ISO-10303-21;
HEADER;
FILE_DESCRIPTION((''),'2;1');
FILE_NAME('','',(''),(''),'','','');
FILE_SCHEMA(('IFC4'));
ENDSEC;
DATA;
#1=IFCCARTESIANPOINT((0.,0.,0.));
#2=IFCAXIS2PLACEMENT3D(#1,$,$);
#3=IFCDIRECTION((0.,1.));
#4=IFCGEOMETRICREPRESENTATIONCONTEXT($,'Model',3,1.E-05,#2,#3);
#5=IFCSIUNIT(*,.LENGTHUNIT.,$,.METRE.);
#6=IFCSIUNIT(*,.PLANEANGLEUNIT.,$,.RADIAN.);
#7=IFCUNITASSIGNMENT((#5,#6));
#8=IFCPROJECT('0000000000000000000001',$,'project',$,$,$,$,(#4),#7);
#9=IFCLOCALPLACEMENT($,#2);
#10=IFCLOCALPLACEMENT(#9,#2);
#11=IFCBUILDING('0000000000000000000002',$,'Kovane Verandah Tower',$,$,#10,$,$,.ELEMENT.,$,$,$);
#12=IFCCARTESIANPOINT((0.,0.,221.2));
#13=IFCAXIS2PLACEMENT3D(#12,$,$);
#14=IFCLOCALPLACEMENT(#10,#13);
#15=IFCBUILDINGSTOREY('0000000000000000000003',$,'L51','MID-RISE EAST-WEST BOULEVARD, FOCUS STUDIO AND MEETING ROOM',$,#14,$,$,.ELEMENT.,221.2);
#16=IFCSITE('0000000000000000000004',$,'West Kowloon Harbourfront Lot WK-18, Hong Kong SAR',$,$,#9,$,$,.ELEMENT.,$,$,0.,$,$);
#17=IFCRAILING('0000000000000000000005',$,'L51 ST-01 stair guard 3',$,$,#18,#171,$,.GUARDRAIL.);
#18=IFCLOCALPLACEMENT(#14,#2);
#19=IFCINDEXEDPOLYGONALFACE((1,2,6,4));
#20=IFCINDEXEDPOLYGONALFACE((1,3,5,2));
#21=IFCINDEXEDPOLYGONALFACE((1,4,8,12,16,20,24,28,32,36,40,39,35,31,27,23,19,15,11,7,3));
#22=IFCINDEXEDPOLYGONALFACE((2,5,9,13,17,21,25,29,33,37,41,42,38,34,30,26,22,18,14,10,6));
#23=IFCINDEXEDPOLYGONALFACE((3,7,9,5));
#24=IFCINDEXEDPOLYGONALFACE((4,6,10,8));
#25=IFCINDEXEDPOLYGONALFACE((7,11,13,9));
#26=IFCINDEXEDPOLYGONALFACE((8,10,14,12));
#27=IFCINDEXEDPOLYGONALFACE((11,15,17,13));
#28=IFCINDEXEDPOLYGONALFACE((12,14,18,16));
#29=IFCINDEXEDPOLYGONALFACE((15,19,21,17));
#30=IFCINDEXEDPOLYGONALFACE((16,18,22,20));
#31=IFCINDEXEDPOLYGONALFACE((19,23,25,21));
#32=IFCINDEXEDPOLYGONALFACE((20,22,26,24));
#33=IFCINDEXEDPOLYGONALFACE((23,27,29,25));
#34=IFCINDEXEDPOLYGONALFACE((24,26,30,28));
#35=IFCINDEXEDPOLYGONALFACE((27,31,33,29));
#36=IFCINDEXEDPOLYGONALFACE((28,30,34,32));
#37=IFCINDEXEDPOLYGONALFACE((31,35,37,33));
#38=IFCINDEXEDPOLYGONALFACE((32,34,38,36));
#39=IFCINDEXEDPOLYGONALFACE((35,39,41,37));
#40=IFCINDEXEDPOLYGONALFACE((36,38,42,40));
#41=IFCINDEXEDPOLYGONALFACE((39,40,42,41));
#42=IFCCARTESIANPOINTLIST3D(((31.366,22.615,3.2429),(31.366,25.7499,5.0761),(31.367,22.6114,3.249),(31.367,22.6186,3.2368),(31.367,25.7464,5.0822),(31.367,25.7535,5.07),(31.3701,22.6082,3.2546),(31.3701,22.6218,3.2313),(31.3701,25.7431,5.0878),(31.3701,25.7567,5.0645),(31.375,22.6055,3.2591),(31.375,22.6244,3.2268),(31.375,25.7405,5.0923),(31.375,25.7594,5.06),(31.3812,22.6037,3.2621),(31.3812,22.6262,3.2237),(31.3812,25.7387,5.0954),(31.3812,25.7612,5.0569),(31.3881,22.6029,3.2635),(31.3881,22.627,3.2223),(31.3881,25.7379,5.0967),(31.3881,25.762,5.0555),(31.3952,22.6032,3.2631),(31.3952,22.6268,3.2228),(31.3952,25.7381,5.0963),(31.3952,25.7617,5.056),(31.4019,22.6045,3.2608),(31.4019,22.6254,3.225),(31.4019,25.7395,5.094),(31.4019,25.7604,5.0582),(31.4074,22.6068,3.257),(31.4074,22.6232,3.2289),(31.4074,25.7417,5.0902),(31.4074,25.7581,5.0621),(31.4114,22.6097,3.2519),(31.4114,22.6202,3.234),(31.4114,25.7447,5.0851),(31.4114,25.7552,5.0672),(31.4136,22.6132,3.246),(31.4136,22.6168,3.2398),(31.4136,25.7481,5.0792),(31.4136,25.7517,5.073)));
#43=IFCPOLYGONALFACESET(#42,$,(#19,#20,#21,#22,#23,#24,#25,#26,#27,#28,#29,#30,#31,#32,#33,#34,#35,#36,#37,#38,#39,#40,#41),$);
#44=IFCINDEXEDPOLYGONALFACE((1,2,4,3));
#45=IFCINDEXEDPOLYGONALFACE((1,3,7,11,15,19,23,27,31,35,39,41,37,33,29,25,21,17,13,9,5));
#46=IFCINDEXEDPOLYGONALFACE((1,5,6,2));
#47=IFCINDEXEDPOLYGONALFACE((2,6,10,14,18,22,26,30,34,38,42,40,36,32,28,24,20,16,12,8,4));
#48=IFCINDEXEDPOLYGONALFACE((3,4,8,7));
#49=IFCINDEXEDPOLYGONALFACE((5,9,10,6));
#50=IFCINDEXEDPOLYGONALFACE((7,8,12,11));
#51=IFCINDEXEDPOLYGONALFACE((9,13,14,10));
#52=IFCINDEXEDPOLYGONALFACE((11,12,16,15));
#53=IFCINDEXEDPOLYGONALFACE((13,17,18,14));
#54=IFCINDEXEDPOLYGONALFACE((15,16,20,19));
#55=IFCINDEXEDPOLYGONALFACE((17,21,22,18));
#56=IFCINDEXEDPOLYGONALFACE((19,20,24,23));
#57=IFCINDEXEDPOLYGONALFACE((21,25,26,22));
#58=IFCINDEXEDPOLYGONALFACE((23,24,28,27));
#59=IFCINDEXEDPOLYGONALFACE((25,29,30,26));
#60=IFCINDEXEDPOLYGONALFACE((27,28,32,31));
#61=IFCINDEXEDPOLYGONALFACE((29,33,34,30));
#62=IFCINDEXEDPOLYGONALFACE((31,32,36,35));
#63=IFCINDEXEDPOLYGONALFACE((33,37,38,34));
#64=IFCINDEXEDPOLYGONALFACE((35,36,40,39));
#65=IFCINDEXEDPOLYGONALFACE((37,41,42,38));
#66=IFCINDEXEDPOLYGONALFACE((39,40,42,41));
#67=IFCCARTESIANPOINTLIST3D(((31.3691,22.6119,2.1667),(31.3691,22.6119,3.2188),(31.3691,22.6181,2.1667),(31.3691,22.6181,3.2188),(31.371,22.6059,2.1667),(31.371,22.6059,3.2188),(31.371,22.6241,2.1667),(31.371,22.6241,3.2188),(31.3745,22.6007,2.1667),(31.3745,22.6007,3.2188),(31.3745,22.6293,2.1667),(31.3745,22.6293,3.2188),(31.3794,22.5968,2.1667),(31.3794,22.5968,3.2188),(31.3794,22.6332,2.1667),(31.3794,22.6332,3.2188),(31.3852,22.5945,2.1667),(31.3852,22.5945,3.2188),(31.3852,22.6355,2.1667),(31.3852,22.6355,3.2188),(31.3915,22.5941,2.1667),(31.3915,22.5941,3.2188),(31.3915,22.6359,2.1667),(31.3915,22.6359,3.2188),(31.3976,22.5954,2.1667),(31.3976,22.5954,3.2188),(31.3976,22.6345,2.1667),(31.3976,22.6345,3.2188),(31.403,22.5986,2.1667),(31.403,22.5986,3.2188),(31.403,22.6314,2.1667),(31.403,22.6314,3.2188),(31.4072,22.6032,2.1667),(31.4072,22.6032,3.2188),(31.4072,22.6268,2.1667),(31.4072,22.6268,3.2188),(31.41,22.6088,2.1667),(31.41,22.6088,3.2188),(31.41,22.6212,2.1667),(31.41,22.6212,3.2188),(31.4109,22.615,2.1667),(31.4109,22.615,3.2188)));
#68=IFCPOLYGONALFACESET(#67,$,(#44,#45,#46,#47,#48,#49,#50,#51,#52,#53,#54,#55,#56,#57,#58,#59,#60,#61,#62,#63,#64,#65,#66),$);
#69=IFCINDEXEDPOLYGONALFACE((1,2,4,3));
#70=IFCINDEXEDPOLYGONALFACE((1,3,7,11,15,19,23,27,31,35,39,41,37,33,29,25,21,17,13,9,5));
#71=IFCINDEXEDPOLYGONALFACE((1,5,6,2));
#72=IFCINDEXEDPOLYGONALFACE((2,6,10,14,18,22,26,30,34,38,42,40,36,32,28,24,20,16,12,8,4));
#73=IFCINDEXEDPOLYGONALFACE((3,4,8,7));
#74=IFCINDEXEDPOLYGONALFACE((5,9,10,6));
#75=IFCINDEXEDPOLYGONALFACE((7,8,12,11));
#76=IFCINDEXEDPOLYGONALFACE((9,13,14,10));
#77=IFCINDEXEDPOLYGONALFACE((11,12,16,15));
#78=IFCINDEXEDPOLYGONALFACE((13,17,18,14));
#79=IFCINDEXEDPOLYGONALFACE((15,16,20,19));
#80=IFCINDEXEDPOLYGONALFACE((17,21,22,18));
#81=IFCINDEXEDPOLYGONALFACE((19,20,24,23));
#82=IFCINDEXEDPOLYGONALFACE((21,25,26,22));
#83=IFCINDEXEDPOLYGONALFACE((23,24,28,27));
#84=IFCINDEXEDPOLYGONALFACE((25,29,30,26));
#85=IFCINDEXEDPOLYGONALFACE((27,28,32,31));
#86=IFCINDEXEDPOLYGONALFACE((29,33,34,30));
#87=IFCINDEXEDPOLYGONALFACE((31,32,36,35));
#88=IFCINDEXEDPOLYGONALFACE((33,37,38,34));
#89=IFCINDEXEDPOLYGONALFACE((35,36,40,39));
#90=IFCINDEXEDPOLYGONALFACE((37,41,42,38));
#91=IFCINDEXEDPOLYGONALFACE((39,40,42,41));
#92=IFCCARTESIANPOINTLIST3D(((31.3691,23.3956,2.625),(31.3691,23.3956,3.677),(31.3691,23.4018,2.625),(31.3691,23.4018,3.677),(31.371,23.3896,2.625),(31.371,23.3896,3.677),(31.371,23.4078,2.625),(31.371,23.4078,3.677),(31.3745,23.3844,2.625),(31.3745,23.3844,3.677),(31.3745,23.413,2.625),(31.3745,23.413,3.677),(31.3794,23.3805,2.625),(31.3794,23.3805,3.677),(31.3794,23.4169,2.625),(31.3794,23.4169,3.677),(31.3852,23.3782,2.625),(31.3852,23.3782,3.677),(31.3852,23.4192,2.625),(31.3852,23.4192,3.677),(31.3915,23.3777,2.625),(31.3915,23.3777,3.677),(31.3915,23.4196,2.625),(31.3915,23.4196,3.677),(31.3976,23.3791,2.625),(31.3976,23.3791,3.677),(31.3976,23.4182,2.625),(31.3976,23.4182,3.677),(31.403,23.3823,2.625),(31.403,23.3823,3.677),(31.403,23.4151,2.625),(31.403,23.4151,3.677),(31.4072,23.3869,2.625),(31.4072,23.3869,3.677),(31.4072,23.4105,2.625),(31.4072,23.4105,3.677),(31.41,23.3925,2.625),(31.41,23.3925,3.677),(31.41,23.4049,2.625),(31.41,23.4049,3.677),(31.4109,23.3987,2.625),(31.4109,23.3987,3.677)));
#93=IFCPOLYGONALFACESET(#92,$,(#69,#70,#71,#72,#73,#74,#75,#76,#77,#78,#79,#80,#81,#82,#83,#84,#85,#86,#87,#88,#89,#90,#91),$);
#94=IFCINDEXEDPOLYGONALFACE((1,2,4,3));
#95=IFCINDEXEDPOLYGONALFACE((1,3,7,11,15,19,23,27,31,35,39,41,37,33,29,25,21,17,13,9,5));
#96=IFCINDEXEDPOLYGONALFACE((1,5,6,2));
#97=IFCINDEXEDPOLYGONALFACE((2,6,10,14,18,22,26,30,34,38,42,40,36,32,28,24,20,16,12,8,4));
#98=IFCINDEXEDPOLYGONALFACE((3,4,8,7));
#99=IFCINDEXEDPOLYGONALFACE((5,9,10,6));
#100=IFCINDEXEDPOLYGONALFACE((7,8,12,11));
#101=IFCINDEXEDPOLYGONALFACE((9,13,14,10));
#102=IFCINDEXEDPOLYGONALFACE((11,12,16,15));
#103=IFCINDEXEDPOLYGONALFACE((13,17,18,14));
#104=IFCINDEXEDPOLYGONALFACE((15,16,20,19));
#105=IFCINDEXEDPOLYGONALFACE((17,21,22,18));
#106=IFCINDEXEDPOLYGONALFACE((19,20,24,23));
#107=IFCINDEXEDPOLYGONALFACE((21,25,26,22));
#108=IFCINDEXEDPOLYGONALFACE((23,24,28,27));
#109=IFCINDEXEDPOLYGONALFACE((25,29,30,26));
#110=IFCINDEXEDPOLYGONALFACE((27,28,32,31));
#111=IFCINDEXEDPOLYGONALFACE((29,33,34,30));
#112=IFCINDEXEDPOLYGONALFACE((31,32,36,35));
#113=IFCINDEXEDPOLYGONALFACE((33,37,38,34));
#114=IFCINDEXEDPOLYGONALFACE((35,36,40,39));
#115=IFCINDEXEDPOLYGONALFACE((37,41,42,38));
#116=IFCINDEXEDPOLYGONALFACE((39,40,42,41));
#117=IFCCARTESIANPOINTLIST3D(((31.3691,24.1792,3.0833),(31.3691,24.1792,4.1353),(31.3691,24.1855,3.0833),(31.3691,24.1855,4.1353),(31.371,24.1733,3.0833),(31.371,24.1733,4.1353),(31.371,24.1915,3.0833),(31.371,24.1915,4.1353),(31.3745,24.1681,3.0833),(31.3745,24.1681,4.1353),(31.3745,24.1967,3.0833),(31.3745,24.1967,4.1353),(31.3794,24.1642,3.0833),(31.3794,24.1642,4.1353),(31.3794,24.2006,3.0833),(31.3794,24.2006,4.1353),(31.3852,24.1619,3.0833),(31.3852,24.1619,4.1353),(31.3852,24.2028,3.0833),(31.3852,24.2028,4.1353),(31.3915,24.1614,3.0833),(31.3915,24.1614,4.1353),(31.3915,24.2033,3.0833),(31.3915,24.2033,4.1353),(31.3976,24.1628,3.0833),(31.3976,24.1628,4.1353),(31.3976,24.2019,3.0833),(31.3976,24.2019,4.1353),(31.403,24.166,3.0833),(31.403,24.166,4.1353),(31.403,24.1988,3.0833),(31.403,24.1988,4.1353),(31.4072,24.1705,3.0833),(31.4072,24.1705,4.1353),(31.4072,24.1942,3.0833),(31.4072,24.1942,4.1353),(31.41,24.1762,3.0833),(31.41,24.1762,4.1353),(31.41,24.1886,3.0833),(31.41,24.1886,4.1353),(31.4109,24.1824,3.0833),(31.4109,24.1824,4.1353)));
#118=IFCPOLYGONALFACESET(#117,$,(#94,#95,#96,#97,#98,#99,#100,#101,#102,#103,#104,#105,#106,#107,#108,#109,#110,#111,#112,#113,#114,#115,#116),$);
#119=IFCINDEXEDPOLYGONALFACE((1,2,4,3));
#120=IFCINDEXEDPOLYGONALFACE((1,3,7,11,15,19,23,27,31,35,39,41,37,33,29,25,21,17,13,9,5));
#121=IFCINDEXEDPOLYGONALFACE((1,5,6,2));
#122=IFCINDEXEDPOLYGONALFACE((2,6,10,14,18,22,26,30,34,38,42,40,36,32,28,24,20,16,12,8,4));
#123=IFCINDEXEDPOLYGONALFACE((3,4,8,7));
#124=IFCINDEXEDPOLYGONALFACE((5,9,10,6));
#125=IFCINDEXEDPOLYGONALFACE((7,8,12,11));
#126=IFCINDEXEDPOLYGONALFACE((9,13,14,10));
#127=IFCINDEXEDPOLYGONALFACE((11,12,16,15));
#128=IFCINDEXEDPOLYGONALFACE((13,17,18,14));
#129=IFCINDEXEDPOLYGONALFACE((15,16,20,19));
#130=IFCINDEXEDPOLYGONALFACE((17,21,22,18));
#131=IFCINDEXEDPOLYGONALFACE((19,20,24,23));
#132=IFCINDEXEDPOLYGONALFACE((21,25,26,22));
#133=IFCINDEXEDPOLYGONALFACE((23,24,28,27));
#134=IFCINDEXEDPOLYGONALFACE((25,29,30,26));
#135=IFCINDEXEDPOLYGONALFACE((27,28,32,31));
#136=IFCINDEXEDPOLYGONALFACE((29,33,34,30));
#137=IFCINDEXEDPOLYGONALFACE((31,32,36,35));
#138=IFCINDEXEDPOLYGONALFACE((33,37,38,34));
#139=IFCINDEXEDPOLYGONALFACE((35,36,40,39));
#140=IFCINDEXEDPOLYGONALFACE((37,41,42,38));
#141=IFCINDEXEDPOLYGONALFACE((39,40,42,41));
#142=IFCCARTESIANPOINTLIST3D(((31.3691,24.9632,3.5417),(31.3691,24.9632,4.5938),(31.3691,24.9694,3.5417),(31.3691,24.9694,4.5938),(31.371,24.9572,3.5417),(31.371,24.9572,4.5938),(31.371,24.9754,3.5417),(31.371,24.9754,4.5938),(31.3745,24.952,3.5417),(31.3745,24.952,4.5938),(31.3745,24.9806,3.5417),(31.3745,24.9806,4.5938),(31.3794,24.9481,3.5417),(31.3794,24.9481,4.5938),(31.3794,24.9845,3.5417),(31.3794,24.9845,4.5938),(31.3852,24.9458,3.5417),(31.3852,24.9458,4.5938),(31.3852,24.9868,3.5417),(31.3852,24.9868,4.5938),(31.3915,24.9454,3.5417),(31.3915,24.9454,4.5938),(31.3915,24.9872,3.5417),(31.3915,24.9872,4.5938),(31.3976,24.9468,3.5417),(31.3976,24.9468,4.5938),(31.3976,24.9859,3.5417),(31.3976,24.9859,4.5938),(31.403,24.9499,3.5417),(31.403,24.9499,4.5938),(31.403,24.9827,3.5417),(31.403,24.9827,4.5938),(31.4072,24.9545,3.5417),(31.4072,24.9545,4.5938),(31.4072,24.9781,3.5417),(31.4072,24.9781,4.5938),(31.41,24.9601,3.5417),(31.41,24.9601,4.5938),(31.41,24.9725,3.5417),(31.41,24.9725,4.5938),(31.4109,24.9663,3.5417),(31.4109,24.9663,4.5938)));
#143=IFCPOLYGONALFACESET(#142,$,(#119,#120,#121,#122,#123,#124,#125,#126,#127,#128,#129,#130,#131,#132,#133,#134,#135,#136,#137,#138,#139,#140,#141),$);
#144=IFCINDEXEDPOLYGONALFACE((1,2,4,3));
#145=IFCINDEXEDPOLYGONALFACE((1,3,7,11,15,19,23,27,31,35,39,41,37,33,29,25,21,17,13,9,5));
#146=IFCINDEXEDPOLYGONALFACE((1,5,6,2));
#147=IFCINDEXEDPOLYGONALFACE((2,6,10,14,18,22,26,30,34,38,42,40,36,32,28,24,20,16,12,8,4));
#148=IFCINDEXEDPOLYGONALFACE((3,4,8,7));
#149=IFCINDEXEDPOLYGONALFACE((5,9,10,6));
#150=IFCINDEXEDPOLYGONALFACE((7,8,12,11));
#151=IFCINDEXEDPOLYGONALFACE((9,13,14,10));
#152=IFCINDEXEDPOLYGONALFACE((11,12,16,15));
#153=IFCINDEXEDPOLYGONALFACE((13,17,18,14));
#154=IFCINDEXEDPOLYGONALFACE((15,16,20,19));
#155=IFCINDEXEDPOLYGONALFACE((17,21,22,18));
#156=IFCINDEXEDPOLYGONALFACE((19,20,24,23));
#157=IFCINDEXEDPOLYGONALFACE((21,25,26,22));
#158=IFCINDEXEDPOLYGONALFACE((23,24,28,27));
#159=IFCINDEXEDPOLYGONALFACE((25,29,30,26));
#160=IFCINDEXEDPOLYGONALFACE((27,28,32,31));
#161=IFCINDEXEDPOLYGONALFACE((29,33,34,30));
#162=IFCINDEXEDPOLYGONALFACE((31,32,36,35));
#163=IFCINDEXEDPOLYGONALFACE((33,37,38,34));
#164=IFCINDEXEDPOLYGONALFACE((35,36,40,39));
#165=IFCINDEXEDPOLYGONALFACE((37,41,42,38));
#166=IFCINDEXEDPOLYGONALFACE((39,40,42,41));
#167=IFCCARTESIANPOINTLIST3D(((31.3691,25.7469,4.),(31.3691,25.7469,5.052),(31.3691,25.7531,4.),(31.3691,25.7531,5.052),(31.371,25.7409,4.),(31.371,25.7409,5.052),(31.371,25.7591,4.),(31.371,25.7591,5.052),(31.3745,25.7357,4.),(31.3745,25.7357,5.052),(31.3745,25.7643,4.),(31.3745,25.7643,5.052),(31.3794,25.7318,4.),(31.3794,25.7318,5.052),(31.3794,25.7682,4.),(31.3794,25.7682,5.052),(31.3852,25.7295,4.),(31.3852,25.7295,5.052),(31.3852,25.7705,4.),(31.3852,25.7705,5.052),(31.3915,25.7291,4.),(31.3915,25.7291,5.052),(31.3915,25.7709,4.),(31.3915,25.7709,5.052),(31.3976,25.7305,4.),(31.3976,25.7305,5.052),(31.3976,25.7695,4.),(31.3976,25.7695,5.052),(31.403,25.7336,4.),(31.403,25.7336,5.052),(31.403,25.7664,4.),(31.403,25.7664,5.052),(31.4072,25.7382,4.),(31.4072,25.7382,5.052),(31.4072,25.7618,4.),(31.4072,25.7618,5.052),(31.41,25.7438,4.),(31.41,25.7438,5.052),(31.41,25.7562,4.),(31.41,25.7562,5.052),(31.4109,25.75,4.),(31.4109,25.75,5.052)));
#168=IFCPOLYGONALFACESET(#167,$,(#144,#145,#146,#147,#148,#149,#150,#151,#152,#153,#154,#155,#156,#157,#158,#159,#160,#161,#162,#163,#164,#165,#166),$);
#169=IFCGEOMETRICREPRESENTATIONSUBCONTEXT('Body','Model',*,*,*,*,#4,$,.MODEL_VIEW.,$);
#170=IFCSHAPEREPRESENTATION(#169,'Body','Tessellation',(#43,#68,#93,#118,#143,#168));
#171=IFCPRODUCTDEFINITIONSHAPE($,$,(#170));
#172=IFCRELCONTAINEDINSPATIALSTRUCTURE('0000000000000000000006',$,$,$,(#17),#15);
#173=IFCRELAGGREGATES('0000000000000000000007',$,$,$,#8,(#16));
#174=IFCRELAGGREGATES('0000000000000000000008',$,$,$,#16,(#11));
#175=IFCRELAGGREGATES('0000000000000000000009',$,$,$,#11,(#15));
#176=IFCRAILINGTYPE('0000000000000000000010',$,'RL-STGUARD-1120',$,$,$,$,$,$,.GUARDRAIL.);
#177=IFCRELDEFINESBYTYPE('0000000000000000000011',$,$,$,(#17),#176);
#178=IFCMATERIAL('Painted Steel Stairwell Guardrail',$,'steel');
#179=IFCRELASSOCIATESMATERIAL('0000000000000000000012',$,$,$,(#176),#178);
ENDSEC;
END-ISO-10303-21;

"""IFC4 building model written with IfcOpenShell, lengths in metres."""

from ifc_helpers import new_model, si_unit, direction, frame, origin, origin_2d, place, context, subcontext, project, spatial, circle, extrude, material, type_object, element, save


model = new_model("IFC4")

# Units and contexts
model_context = context("Model", 3, precision=1e-05, world=origin(), true_north=direction((0.0, 1.0)))
body_context = subcontext(model_context, "Body", "Model", "MODEL_VIEW")
ifc_project = project(units=[si_unit("LENGTHUNIT", "METRE"), si_unit("PLANEANGLEUNIT", "RADIAN")], contexts=[model_context])

# Site, building, storey
site_placement = place(None, origin())
site = spatial("IfcSite", under=ifc_project, at=site_placement, Name="West Kowloon Harbourfront Lot WK-18, Hong Kong SAR", CompositionType="ELEMENT", RefElevation=0.0)
building_placement = place(site_placement, origin())
building = spatial("IfcBuilding", under=site, at=building_placement, Name="Kovane Verandah Tower", CompositionType="ELEMENT")
storey_placement = place(building_placement, frame((0.0, 0.0, 221.2)))
storey = spatial("IfcBuildingStorey", under=building, at=storey_placement, Name="L51", Description="MID-RISE EAST-WEST BOULEVARD, FOCUS STUDIO AND MEETING ROOM", CompositionType="ELEMENT", Elevation=221.2)

# Railing
ifc_material_1 = material(Name="Painted Steel Stairwell Guardrail", Category="steel")
railing_type_1 = type_object("IfcRailingType", Name="RL-STGUARD-1120", PredefinedType="GUARDRAIL", material=ifc_material_1)
railing_1_placement = place(storey_placement, frame((31.3899, 22.615, 2.1667)))
element("IfcRailing", 1, at=railing_1_placement, inside=storey, type_object=railing_type_1, Name="L51 ST-01 stair guard 3", PredefinedType="GUARDRAIL", context=body_context, shape_type="SweptSolid", body=[
    extrude(circle(Radius=0.0239, at=origin_2d()), frame((0.0, 0.0, 1.0762), z_axis=(0.0, 0.86324, 0.504794), x_axis=(-1.0, 0.0, 0.0)), (0.0, 0.0, 1.0), 3.6316),
    extrude(circle(Radius=0.021, at=origin_2d()), origin(), (0.0, 0.0, 1.0), 1.052),
    extrude(circle(Radius=0.021, at=origin_2d()), frame((0.0, 0.7837, 0.4583)), (0.0, 0.0, 1.0), 1.052),
    extrude(circle(Radius=0.021, at=origin_2d()), frame((0.0, 1.5674, 0.9165)), (0.0, 0.0, 1.0), 1.052),
    extrude(circle(Radius=0.021, at=origin_2d()), frame((0.0, 2.3513, 1.375)), (0.0, 0.0, 1.0), 1.052),
    extrude(circle(Radius=0.021, at=origin_2d()), frame((0.0, 3.135, 1.8333)), (0.0, 0.0, 1.0), 1.052),
])

save(model, "model.ifc")
